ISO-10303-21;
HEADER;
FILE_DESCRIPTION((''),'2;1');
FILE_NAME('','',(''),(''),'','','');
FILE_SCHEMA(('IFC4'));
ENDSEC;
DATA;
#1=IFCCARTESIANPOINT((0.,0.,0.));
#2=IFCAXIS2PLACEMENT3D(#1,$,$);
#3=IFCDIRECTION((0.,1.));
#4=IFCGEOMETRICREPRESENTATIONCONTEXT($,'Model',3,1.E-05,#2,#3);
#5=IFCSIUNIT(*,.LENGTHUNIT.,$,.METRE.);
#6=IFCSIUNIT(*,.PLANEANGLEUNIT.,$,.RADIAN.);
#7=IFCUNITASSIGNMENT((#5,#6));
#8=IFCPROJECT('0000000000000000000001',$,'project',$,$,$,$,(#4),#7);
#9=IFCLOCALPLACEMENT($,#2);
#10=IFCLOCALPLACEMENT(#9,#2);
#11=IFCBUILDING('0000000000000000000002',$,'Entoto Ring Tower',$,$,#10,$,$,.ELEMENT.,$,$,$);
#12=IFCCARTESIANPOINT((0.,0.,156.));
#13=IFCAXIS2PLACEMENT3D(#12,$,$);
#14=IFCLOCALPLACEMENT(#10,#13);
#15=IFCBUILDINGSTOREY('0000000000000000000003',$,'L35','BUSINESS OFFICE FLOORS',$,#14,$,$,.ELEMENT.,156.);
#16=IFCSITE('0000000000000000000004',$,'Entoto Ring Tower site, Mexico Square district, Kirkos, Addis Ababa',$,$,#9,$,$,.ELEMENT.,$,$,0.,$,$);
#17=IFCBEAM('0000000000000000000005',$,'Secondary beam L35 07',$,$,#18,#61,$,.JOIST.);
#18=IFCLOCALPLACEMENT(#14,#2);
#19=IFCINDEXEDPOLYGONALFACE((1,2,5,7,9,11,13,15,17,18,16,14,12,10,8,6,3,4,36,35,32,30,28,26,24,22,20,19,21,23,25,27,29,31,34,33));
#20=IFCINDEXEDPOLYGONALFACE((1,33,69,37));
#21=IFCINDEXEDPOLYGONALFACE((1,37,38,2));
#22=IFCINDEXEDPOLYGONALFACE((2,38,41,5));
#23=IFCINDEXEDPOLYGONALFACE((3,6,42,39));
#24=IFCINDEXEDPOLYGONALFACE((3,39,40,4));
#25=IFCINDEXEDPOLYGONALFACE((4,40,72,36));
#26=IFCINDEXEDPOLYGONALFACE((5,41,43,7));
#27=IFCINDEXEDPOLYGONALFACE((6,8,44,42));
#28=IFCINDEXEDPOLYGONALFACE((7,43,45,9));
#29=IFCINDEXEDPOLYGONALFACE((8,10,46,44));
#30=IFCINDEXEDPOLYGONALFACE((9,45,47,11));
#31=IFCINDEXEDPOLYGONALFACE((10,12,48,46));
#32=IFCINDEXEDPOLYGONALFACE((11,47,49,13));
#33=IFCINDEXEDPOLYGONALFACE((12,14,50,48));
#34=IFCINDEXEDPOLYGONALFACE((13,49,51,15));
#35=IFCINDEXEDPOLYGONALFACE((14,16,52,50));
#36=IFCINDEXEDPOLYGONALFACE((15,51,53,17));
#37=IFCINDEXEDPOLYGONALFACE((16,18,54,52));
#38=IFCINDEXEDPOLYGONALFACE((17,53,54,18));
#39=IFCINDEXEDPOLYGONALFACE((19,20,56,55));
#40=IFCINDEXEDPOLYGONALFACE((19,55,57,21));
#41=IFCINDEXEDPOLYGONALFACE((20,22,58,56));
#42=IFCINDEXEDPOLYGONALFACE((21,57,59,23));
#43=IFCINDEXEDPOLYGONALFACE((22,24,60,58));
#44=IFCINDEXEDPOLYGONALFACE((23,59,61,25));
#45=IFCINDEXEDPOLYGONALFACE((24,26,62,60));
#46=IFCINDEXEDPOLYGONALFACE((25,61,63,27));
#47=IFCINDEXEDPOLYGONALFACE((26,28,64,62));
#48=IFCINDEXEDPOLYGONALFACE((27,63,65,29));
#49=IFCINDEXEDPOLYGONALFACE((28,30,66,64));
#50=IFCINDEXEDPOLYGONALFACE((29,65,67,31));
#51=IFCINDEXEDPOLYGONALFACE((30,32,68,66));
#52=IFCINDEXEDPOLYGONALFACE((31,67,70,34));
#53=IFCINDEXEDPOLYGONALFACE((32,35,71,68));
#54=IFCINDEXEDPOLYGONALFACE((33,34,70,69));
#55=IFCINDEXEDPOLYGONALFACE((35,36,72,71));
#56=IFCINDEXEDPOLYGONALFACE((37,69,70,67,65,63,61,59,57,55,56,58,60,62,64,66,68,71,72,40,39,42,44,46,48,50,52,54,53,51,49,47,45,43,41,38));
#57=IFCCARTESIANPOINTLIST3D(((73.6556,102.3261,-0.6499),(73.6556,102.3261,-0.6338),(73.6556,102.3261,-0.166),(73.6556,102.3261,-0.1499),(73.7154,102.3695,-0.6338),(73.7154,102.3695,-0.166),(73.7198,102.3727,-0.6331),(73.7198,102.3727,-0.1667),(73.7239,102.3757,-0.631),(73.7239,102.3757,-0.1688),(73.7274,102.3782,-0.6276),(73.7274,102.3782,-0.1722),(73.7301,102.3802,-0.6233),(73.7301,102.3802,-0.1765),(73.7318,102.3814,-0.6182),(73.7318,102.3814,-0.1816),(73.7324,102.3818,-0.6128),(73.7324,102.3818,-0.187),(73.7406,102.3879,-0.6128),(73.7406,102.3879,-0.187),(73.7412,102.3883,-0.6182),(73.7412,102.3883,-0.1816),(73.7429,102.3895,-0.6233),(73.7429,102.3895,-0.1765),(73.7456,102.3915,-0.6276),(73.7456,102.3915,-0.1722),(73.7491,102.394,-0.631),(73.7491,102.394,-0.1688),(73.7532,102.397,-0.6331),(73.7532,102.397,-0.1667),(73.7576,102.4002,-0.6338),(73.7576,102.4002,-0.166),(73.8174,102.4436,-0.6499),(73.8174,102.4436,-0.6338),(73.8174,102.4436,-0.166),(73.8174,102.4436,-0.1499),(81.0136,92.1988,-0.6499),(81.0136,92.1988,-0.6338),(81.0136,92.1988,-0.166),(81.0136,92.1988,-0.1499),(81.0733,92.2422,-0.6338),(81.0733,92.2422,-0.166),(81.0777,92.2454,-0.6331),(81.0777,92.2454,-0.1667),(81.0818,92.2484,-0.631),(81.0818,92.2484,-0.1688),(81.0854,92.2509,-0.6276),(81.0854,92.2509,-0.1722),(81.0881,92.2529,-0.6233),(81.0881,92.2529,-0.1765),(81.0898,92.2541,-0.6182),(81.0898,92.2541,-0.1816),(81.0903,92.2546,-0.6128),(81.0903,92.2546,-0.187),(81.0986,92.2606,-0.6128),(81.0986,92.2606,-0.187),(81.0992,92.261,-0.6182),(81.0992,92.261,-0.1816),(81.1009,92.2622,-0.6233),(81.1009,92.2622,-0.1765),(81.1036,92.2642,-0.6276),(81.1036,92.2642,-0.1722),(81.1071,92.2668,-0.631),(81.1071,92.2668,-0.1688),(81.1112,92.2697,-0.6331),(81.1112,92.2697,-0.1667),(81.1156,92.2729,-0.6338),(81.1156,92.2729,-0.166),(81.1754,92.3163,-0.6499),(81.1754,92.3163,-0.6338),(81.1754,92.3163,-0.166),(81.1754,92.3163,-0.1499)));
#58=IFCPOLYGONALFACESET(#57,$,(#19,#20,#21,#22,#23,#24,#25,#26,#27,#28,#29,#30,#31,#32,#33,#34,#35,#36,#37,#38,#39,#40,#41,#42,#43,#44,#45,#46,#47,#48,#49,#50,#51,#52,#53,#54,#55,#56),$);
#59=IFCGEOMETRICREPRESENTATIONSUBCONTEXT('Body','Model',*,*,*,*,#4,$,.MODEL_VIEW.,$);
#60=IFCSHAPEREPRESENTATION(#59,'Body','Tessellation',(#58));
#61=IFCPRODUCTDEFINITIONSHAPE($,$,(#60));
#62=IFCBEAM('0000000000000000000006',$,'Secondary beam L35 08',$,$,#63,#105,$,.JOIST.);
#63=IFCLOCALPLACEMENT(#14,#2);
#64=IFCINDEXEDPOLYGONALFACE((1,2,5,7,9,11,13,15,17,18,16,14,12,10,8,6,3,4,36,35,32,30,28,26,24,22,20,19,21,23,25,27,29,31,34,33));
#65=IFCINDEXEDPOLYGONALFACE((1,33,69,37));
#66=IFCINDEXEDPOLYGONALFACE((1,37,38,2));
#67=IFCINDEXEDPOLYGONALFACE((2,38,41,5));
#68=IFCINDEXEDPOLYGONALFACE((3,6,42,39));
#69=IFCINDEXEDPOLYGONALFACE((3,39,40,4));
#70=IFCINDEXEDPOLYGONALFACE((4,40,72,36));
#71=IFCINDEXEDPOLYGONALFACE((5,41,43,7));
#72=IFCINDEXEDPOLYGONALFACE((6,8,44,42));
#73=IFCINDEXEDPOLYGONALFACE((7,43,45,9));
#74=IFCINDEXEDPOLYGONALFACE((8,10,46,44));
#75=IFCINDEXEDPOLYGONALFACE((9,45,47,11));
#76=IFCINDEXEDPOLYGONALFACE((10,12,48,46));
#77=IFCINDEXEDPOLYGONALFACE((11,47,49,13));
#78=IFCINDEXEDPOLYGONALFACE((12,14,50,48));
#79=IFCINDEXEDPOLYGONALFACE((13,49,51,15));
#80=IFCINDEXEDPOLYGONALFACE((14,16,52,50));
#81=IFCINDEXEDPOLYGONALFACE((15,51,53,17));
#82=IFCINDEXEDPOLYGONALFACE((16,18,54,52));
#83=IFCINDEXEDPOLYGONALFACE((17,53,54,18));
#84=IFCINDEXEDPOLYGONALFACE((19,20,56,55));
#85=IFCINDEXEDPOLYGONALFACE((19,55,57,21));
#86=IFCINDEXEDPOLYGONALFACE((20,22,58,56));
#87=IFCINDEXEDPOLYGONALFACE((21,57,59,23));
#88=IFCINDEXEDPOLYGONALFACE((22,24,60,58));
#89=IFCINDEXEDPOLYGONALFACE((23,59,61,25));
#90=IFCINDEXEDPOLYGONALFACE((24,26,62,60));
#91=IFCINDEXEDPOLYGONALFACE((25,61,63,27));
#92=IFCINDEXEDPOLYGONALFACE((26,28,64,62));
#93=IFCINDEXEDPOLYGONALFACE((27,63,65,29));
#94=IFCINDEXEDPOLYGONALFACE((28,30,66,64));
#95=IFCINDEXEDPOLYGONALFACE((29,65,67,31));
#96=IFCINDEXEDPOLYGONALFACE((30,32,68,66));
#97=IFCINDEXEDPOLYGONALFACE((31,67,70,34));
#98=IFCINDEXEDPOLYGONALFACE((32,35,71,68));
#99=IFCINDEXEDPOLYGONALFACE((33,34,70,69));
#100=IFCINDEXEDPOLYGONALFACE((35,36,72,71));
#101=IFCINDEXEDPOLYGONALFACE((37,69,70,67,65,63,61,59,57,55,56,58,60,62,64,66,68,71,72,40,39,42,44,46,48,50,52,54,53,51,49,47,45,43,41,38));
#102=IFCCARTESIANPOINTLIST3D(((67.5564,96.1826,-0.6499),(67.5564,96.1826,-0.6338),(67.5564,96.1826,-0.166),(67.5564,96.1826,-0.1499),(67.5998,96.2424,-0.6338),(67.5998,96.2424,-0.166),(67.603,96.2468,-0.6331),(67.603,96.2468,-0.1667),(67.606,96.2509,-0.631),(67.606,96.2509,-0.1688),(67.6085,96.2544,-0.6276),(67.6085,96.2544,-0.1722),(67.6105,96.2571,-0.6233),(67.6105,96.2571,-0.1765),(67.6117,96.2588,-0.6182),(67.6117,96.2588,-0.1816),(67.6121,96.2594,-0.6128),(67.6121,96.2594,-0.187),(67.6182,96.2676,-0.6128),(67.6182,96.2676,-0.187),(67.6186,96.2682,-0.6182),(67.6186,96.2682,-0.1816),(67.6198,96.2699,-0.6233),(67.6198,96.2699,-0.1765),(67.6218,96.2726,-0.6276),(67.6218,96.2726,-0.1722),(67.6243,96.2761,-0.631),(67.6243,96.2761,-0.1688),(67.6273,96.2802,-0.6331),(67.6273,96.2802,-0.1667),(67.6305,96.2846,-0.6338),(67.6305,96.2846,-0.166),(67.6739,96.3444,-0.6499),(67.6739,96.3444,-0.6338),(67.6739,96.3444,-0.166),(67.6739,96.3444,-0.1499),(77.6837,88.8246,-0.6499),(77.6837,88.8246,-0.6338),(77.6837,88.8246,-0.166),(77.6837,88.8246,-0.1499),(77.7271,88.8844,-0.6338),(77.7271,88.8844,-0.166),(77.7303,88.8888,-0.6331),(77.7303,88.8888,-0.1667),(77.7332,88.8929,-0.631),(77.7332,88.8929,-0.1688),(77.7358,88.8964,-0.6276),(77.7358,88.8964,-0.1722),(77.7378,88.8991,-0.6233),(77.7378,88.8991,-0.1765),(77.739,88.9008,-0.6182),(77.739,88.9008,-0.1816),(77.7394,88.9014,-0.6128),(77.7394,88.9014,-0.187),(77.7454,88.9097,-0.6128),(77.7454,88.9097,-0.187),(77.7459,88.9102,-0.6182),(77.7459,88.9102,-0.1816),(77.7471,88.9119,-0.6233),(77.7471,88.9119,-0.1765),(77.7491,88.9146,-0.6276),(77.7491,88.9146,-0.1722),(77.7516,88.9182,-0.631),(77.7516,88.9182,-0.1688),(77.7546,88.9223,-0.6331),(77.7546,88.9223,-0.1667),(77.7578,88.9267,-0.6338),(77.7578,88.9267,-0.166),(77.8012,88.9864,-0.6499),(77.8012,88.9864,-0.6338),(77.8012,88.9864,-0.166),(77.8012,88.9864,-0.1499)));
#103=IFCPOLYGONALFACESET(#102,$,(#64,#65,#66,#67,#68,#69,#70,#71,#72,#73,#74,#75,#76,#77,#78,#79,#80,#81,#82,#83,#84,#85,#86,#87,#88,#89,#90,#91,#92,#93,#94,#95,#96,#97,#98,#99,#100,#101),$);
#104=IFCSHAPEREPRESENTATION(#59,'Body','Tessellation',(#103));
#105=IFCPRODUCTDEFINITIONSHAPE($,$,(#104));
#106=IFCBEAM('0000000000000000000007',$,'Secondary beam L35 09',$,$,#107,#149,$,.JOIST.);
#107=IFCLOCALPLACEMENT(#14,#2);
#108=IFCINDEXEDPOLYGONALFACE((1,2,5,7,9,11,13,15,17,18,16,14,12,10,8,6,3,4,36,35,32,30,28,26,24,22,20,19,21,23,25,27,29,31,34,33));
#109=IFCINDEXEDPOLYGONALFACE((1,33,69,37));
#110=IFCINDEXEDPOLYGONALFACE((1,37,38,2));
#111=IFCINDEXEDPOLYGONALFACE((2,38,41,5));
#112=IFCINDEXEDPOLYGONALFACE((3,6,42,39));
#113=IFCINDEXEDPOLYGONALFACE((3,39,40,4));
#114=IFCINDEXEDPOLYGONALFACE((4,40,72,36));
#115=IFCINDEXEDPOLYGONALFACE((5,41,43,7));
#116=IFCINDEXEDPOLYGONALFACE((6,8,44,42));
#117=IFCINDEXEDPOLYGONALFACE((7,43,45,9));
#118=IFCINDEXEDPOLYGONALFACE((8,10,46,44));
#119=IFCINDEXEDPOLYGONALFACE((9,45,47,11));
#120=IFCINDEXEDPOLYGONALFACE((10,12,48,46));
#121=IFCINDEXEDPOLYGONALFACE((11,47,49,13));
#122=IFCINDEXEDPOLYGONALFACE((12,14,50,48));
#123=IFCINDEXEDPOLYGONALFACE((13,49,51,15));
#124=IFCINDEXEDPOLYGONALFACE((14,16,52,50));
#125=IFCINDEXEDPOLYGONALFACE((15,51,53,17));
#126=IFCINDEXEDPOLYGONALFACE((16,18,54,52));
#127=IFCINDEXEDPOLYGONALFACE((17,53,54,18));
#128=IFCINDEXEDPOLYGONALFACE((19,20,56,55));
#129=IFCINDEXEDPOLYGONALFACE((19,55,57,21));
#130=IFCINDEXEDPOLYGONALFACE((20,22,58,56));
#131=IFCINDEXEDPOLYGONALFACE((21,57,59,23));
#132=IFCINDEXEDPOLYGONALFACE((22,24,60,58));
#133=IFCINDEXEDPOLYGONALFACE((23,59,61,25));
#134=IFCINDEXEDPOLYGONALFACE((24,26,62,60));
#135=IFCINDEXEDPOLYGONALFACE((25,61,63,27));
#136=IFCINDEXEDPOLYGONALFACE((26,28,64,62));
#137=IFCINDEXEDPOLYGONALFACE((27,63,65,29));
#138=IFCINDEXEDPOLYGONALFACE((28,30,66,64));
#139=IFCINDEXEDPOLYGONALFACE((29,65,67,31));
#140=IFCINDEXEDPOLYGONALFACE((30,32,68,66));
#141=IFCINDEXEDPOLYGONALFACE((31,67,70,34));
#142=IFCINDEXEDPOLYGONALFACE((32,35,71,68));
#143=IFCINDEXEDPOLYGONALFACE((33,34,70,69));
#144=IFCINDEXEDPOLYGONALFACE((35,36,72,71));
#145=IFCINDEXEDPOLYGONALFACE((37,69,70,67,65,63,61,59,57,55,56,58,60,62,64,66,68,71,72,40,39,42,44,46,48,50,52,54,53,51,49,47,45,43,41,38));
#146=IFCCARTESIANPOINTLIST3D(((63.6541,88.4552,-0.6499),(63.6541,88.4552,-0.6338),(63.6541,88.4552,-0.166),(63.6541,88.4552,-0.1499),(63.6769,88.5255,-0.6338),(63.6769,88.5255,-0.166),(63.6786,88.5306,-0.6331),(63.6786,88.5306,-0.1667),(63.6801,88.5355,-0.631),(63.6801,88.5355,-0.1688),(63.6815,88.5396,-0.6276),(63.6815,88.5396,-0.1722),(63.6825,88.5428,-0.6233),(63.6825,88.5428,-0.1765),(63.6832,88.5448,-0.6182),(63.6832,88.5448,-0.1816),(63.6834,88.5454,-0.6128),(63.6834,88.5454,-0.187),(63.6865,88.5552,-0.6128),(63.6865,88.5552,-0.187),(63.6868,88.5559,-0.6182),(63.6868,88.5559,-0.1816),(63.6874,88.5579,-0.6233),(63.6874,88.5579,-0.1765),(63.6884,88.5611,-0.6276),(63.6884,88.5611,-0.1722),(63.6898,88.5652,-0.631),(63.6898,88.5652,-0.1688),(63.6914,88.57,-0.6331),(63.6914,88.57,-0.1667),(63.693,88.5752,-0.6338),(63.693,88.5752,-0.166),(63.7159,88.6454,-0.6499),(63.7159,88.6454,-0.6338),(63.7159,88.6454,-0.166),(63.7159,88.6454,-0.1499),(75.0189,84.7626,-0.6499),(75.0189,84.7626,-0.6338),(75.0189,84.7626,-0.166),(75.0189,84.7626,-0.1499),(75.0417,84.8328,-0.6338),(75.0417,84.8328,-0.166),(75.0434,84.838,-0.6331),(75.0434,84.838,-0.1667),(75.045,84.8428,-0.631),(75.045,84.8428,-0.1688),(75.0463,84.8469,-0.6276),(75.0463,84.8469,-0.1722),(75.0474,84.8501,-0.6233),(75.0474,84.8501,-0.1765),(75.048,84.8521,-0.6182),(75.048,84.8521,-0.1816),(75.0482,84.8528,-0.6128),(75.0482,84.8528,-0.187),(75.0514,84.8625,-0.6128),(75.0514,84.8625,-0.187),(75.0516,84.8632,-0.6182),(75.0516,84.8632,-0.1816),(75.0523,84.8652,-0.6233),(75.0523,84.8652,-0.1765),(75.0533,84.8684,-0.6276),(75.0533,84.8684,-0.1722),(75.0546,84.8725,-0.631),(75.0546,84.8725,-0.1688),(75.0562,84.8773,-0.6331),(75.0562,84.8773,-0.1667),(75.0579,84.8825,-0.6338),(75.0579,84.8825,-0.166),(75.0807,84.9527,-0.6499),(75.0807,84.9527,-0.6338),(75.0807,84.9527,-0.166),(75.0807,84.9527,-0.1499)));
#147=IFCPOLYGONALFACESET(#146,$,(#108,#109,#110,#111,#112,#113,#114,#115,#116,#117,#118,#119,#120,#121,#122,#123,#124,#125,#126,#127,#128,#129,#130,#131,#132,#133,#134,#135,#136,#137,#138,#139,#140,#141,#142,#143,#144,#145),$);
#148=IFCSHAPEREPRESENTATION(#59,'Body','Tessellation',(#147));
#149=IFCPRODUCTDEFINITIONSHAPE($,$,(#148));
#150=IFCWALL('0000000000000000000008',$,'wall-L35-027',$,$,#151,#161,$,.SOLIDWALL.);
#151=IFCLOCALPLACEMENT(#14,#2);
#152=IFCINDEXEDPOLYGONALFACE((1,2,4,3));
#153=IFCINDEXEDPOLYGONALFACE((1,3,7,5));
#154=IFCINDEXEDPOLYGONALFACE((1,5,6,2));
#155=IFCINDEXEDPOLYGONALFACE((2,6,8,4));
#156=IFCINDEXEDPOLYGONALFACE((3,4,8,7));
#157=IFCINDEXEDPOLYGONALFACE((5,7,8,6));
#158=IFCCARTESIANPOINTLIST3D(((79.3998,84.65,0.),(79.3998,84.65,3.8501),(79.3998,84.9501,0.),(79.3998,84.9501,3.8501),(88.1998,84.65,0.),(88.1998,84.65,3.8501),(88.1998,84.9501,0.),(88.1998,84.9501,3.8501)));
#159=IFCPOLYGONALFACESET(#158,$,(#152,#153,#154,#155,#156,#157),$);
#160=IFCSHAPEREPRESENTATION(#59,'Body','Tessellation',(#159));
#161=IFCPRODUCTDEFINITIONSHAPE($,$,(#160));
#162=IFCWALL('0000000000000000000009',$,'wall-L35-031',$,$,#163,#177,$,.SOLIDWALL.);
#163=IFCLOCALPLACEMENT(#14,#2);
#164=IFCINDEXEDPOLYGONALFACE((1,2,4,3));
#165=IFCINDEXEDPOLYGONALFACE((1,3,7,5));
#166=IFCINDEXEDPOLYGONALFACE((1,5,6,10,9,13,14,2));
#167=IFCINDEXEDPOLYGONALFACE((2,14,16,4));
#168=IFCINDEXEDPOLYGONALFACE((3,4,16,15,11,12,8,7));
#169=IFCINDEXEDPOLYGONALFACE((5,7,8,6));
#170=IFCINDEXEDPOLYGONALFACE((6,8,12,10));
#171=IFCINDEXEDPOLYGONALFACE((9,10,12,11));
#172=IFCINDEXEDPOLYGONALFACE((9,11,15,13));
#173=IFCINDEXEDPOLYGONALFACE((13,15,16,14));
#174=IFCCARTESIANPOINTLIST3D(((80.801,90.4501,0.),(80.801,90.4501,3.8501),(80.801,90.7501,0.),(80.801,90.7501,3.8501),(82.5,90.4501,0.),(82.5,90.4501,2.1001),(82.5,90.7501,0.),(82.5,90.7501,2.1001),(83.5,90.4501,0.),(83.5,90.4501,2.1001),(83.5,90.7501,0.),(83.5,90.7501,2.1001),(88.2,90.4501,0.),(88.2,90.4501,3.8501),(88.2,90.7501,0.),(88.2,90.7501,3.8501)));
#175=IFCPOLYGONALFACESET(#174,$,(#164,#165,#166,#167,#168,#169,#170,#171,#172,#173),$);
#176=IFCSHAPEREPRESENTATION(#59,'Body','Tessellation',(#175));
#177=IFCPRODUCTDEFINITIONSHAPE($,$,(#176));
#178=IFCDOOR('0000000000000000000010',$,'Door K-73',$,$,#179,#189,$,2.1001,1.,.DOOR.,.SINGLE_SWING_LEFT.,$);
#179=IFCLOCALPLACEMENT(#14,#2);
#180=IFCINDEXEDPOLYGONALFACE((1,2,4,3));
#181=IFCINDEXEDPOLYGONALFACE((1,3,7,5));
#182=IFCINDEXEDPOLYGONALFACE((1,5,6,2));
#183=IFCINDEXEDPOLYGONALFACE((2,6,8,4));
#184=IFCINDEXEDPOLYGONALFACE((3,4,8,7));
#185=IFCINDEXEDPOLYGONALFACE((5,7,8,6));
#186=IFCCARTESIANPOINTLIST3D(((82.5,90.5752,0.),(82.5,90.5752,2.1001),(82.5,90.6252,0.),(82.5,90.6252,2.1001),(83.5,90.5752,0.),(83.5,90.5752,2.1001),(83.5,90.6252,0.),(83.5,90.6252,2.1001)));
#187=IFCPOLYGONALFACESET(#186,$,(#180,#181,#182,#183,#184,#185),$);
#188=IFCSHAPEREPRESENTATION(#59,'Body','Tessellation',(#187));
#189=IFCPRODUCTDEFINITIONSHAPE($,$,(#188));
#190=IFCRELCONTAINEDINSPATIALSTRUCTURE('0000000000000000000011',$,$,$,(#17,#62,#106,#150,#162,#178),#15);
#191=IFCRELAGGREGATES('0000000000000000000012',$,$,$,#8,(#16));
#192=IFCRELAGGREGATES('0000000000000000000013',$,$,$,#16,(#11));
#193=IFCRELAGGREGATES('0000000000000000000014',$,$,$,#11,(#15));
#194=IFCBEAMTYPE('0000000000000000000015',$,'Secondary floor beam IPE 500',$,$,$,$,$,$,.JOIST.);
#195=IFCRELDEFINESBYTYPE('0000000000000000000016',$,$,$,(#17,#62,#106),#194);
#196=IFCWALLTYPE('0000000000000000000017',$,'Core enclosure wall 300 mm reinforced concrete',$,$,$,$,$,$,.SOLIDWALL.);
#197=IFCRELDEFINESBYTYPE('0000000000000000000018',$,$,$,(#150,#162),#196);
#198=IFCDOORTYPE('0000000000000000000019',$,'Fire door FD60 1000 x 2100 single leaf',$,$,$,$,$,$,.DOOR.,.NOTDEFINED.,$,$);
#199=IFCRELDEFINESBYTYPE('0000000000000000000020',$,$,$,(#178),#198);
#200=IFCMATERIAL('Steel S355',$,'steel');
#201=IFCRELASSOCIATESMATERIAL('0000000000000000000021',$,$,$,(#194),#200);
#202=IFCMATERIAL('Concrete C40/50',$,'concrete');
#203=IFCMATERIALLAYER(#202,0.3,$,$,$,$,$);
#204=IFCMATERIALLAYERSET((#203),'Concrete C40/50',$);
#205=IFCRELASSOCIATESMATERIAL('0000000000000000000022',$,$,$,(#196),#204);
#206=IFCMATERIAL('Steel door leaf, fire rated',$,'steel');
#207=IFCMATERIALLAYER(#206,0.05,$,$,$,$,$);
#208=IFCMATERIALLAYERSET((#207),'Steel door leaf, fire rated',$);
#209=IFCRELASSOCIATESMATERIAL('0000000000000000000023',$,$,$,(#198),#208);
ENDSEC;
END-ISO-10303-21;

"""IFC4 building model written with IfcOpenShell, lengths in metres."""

from ifc_helpers import new_model, si_unit, direction, frame, frame_2d, origin, origin_2d, place, context, subcontext, project, spatial, rectangle, i_section, extrude, material, layer, layer_set, material_profile, profile_set, type_object, element, fill, save


model = new_model("IFC4")

# Units and contexts
model_context = context("Model", 3, precision=1e-05, world=origin(), true_north=direction((0.0, 1.0)))
body_context = subcontext(model_context, "Body", "Model", "MODEL_VIEW")
ifc_project = project(units=[si_unit("LENGTHUNIT", "METRE"), si_unit("PLANEANGLEUNIT", "RADIAN")], contexts=[model_context])

# Site, building, storey
site_placement = place(None, origin())
site = spatial("IfcSite", under=ifc_project, at=site_placement, Name="Entoto Ring Tower site, Mexico Square district, Kirkos, Addis Ababa", CompositionType="ELEMENT", RefElevation=0.0)
building_placement = place(site_placement, origin())
building = spatial("IfcBuilding", under=site, at=building_placement, Name="Entoto Ring Tower", CompositionType="ELEMENT")
storey_placement = place(building_placement, frame((0.0, 0.0, 156.0)))
storey = spatial("IfcBuildingStorey", under=building, at=storey_placement, Name="L35", Description="BUSINESS OFFICE FLOORS", CompositionType="ELEMENT", Elevation=156.0)

# Beams
ifc_material_1 = material(Name="Steel S355", Category="steel")
ifc_material_profile_1 = material_profile(ifc_material_1, i_section(OverallWidth=0.2, OverallDepth=0.5, WebThickness=0.0103, FlangeThickness=0.0161, FilletRadius=0.021, at=origin_2d()), Name="IPE 500")
ifc_profile_set_1 = profile_set([ifc_material_profile_1], Name="Steel S355")
beam_type_1 = type_object("IfcBeamType", Name="Secondary floor beam IPE 500", PredefinedType="JOIST", material=ifc_profile_set_1)
for number, where, z_axis, x_axis, name in (
    (1, (81.0945, 92.2576, -0.3999), (-0.587789, 0.809014, 0.0), (-0.809014, -0.587789, 0.0), "Secondary beam L35 07"),
    (2, (77.7424, 88.9055, -0.3999), (-0.809014, 0.587789, 0.0), (-0.587789, -0.809014, 0.0), "Secondary beam L35 08"),
):
    element("IfcBeam", number, at=place(storey_placement, frame(where, z_axis=z_axis, x_axis=x_axis)), inside=storey, type_object=beam_type_1, Name=name, PredefinedType="JOIST", context=body_context, shape_type="SweptSolid", body=[
        extrude(i_section(OverallWidth=0.2, OverallDepth=0.5, WebThickness=0.0103, FlangeThickness=0.0161, FilletRadius=0.021, at=origin_2d()), origin(), (0.0, 0.0, 1.0), 12.5181),
    ])
beam_1_placement = place(storey_placement, frame((75.0498, 84.8577, -0.3999), z_axis=(-0.951057, 0.309017, 0.0), x_axis=(-0.309017, -0.951057, 0.0)))
element("IfcBeam", 3, at=beam_1_placement, inside=storey, type_object=beam_type_1, Name="Secondary beam L35 09", PredefinedType="JOIST", context=body_context, shape_type="SweptSolid", body=[
    extrude(i_section(OverallWidth=0.2, OverallDepth=0.5, WebThickness=0.0103, FlangeThickness=0.0161, FilletRadius=0.021, at=origin_2d()), origin(), (0.0, 0.0, 1.0), 11.9497),
])

# Wall
ifc_material_2 = material(Name="Concrete C40/50", Category="concrete")
ifc_layer_1 = layer(ifc_material_2, 0.3)
ifc_layer_set_1 = layer_set([ifc_layer_1], Name="Concrete C40/50")
wall_type_1 = type_object("IfcWallType", Name="Core enclosure wall 300 mm reinforced concrete", PredefinedType="SOLIDWALL", material=ifc_layer_set_1)
wall_1_placement = place(storey_placement, frame((79.3999, 84.8, 0.0), z_axis=(0.0, 0.0, 1.0), x_axis=(1.0, 0.0, 0.0)))
element("IfcWall", 4, at=wall_1_placement, inside=storey, type_object=wall_type_1, Name="wall-L35-027", PredefinedType="SOLIDWALL", context=body_context, shape_type="SweptSolid", body=[
    extrude(rectangle(XDim=8.8, YDim=0.3, at=frame_2d((4.3999, 0.0))), origin(), (0.0, 0.0, 1.0), 3.8501),
])

# Wall, opening, door
wall_2_placement = place(storey_placement, frame((80.801, 90.6001, 0.0), z_axis=(0.0, 0.0, 1.0), x_axis=(1.0, 0.0, 0.0)))
wall_2 = element("IfcWall", 5, at=wall_2_placement, inside=storey, type_object=wall_type_1, Name="wall-L35-031", PredefinedType="SOLIDWALL", context=body_context, shape_type="SweptSolid", body=[
    extrude(rectangle(XDim=7.3989, YDim=0.3, at=frame_2d((3.6995, 0.0))), origin(), (0.0, 0.0, 1.0), 3.8501),
])
opening_1_placement = place(wall_2_placement, frame((1.699, 0.0, 0.0)))
opening_1 = element("IfcOpeningElement", 6, at=opening_1_placement, cuts=wall_2, PredefinedType="OPENING", context=body_context, shape_type="SweptSolid", body=[
    extrude(rectangle(XDim=1.0, YDim=2.1001, at=frame_2d((0.5, 1.05))), frame((0.0, 0.1602, 0.0), z_axis=(0.0, -1.0, 0.0), x_axis=(1.0, 0.0, 0.0)), (0.0, 0.0, 1.0), 0.3201),
])
ifc_material_3 = material(Name="Steel door leaf, fire rated", Category="steel")
ifc_layer_2 = layer(ifc_material_3, 0.05)
ifc_layer_set_2 = layer_set([ifc_layer_2], Name="Steel door leaf, fire rated")
door_type_1 = type_object("IfcDoorType", Name="Fire door FD60 1000 x 2100 single leaf", OperationType="NOTDEFINED", PredefinedType="DOOR", material=ifc_layer_set_2)
door_1_placement = place(opening_1_placement, frame((1.0, 0.0, 0.0), z_axis=(0.0, 0.0, 1.0), x_axis=(-1.0, 0.0, 0.0)))
door_1 = element("IfcDoor", 7, at=door_1_placement, inside=storey, type_object=door_type_1, Name="Door K-73", OperationType="SINGLE_SWING_LEFT", OverallHeight=2.1001, OverallWidth=1.0, PredefinedType="DOOR", context=body_context, shape_type="SweptSolid", body=[
    extrude(rectangle(XDim=1.0, YDim=2.1001, at=frame_2d((0.5, 1.05))), frame((0.0, 0.0249, 0.0), z_axis=(0.0, -1.0, 0.0), x_axis=(1.0, 0.0, 0.0)), (0.0, 0.0, 1.0), 0.05),
])
fill(opening_1, door_1)

save(model, "model.ifc")
